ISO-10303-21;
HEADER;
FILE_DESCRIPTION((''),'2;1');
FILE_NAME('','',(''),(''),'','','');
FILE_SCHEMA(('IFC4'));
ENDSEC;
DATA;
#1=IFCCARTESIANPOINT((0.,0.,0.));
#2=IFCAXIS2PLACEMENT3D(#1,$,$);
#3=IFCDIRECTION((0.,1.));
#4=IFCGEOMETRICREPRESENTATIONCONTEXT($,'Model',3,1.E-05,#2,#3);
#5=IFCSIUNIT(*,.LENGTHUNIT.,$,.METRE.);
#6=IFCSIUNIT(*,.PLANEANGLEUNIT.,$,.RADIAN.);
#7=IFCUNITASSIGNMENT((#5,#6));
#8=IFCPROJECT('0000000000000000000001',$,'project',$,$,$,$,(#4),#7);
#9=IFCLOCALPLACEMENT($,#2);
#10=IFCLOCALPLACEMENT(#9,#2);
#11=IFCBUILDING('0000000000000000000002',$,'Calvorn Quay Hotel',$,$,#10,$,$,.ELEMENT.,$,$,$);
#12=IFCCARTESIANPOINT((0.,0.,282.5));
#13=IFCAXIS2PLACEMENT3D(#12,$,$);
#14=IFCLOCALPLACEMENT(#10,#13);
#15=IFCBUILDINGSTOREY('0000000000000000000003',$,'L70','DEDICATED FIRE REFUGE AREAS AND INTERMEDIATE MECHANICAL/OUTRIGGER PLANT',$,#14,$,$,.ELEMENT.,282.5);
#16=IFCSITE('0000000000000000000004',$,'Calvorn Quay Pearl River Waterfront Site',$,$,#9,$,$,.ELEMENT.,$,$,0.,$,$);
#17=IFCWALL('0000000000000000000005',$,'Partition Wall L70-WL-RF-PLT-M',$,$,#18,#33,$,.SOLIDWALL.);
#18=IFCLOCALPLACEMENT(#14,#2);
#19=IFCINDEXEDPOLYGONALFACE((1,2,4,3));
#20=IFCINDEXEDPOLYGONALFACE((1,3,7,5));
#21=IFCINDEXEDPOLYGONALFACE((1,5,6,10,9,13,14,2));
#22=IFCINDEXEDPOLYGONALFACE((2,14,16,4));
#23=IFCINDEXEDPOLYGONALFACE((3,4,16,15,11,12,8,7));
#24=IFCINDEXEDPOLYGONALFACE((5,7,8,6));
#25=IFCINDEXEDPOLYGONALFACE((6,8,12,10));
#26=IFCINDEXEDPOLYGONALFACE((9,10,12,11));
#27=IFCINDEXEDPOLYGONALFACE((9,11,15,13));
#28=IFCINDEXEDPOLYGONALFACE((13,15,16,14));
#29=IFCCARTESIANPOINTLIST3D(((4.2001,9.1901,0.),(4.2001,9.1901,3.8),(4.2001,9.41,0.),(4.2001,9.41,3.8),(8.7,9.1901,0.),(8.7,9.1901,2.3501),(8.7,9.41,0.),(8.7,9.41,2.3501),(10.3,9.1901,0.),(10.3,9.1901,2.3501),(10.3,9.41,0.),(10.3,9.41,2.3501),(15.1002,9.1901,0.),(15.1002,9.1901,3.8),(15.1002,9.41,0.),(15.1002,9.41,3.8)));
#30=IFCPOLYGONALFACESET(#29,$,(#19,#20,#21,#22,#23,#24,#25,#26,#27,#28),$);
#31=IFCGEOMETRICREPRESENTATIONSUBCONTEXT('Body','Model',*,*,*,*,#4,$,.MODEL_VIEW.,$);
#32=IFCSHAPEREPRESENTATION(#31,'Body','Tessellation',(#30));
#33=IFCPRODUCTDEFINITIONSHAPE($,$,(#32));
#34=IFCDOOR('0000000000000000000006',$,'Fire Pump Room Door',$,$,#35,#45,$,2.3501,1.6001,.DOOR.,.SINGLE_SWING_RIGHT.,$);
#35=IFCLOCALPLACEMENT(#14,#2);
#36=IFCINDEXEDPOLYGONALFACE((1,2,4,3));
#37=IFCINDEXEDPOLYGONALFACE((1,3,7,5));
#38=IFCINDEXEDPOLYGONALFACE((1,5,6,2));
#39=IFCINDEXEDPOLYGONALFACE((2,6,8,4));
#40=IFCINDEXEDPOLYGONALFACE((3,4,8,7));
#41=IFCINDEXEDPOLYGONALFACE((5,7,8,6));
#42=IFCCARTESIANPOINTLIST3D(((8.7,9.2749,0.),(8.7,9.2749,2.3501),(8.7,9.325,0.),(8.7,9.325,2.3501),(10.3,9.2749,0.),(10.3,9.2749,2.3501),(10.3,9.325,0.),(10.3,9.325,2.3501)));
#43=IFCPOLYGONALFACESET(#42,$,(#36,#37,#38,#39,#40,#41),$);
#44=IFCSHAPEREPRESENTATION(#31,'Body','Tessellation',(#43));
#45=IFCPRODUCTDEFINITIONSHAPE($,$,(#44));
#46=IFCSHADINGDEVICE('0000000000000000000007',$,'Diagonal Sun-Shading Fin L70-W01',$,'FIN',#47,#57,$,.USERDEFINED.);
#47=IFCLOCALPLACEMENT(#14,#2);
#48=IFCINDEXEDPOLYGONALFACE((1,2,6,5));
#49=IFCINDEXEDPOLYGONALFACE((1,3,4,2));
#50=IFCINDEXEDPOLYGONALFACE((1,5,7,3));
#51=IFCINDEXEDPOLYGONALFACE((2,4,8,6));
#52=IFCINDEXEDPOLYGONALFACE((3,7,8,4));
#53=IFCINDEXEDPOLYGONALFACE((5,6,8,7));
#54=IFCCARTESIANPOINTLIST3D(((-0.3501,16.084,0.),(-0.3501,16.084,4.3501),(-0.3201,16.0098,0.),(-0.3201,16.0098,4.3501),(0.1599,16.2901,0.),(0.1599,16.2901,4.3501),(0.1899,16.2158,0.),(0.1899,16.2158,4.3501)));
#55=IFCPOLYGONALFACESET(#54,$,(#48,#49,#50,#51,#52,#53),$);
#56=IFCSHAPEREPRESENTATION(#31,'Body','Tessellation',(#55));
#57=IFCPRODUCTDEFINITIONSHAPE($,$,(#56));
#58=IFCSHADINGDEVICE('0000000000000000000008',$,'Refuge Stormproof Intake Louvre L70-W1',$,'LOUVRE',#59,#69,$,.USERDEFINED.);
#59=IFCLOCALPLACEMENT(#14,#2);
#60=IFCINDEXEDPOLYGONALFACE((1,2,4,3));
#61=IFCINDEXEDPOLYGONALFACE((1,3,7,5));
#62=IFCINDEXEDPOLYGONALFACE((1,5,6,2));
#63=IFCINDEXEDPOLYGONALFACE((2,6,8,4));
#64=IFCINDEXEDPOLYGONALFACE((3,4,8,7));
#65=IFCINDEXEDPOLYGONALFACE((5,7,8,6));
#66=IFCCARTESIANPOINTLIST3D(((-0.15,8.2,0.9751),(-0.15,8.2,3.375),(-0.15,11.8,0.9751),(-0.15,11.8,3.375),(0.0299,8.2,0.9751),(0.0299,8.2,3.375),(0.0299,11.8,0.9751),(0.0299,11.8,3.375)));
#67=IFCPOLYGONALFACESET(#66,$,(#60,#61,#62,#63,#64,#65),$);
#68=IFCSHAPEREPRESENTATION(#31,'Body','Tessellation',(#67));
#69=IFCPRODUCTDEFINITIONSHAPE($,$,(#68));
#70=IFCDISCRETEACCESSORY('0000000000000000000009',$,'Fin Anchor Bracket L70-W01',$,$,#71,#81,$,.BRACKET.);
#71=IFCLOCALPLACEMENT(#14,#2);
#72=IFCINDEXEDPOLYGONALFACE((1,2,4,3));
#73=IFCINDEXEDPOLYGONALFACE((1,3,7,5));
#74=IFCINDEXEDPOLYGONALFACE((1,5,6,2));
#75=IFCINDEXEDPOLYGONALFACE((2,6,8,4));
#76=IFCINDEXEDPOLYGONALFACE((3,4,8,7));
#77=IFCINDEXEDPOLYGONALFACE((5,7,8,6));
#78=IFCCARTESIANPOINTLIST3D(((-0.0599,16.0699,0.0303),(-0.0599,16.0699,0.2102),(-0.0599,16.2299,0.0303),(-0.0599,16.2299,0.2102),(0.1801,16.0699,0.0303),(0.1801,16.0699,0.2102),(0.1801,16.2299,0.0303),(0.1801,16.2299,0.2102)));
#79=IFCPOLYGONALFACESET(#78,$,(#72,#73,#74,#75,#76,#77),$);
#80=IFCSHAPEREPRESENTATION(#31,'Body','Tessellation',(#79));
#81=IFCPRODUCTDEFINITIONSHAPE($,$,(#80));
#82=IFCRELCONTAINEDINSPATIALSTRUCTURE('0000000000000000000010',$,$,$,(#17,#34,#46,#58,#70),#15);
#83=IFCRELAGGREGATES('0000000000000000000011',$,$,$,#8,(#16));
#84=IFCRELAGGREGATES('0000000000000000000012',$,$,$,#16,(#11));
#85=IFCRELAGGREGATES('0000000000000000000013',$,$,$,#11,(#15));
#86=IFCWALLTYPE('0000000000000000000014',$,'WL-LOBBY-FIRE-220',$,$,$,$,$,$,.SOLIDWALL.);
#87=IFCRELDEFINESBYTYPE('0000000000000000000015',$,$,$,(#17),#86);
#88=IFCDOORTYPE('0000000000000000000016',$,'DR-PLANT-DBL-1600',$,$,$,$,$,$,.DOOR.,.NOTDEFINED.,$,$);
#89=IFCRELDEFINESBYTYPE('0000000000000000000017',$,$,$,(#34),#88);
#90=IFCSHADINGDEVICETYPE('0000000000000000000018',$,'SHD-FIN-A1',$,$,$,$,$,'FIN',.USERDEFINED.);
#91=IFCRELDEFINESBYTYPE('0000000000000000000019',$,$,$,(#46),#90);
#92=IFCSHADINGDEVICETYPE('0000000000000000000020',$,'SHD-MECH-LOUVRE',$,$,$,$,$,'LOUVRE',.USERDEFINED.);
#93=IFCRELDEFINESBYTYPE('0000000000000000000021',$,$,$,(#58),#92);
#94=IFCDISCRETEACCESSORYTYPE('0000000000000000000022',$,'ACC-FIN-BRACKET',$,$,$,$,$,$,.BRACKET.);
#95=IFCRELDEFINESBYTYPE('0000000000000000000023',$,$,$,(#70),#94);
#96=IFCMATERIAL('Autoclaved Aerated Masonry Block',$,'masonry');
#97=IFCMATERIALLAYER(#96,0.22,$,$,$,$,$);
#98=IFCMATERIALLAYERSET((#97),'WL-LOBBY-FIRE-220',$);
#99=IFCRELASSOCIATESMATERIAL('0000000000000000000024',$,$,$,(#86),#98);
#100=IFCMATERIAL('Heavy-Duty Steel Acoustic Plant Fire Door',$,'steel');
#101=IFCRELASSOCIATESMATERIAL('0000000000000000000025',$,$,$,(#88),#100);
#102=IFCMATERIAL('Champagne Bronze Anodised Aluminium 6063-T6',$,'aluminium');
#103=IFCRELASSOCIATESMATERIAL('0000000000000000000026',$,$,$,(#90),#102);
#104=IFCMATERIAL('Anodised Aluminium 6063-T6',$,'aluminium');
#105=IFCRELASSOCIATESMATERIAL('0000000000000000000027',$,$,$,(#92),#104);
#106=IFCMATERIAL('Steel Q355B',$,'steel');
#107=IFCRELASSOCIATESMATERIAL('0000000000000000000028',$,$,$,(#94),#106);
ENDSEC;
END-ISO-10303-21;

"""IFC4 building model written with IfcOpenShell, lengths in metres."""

from ifc_helpers import new_model, si_unit, direction, frame, frame_2d, origin, origin_2d, place, context, subcontext, project, spatial, rectangle, extrude, material, layer, layer_set, type_object, element, fill, save


model = new_model("IFC4")

# Units and contexts
model_context = context("Model", 3, precision=1e-05, world=origin(), true_north=direction((0.0, 1.0)))
body_context = subcontext(model_context, "Body", "Model", "MODEL_VIEW")
ifc_project = project(units=[si_unit("LENGTHUNIT", "METRE"), si_unit("PLANEANGLEUNIT", "RADIAN")], contexts=[model_context])

# Site, building, storey
site_placement = place(None, origin())
site = spatial("IfcSite", under=ifc_project, at=site_placement, Name="Calvorn Quay Pearl River Waterfront Site", CompositionType="ELEMENT", RefElevation=0.0)
building_placement = place(site_placement, origin())
building = spatial("IfcBuilding", under=site, at=building_placement, Name="Calvorn Quay Hotel", CompositionType="ELEMENT")
storey_placement = place(building_placement, frame((0.0, 0.0, 282.5)))
storey = spatial("IfcBuildingStorey", under=building, at=storey_placement, Name="L70", Description="DEDICATED FIRE REFUGE AREAS AND INTERMEDIATE MECHANICAL/OUTRIGGER PLANT", CompositionType="ELEMENT", Elevation=282.5)

# Shared definitions
ifc_material_1 = material(Name="Autoclaved Aerated Masonry Block", Category="masonry")
ifc_layer_1 = layer(ifc_material_1, 0.22)
ifc_layer_set_1 = layer_set([ifc_layer_1], Name="WL-LOBBY-FIRE-220")
wall_type_1 = type_object("IfcWallType", Name="WL-LOBBY-FIRE-220", PredefinedType="SOLIDWALL", material=ifc_layer_set_1)

# Wall, opening, door
wall_1_placement = place(storey_placement, frame((4.2, 9.3, 0.0), z_axis=(0.0, 0.0, 1.0), x_axis=(1.0, 0.0, 0.0)))
wall_1 = element("IfcWall", 1, at=wall_1_placement, inside=storey, type_object=wall_type_1, Name="Partition Wall L70-WL-RF-PLT-M", PredefinedType="SOLIDWALL", context=body_context, shape_type="SweptSolid", body=[
    extrude(rectangle(XDim=10.9001, YDim=0.22, at=frame_2d((5.4502, 0.0))), origin(), (0.0, 0.0, 1.0), 3.8),
])
opening_placement = place(wall_1_placement, frame((4.5, 0.0, 0.0)))
opening = element("IfcOpeningElement", 2, at=opening_placement, cuts=wall_1, PredefinedType="OPENING", context=body_context, shape_type="SweptSolid", body=[
    extrude(rectangle(XDim=1.6001, YDim=2.3501, at=frame_2d((0.8, 1.175))), frame((0.0, 0.1199, 0.0), z_axis=(0.0, -1.0, 0.0), x_axis=(1.0, 0.0, 0.0)), (0.0, 0.0, 1.0), 0.24),
])
ifc_material_2 = material(Name="Heavy-Duty Steel Acoustic Plant Fire Door", Category="steel")
door_type = type_object("IfcDoorType", Name="DR-PLANT-DBL-1600", OperationType="NOTDEFINED", PredefinedType="DOOR", material=ifc_material_2)
door_placement = place(opening_placement, origin())
door = element("IfcDoor", 3, at=door_placement, inside=storey, type_object=door_type, Name="Fire Pump Room Door", OperationType="SINGLE_SWING_RIGHT", OverallHeight=2.3501, OverallWidth=1.6001, PredefinedType="DOOR", context=body_context, shape_type="SweptSolid", body=[
    extrude(rectangle(XDim=1.6001, YDim=2.3501, at=frame_2d((0.8, 1.175))), frame((0.0, 0.0249, 0.0), z_axis=(0.0, -1.0, 0.0), x_axis=(1.0, 0.0, 0.0)), (0.0, 0.0, 1.0), 0.05),
])
fill(opening, door)

# Shading devices
ifc_material_3 = material(Name="Champagne Bronze Anodised Aluminium 6063-T6", Category="aluminium")
shading_device_type_1 = type_object("IfcShadingDeviceType", Name="SHD-FIN-A1", ElementType="FIN", PredefinedType="USERDEFINED", material=ifc_material_3)
shading_device_1_placement = place(storey_placement, frame((-0.0801, 16.1499, 0.0), z_axis=(0.0, 0.0, 1.0), x_axis=(0.927184, 0.374607, 0.0)))
element("IfcShadingDevice", 4, at=shading_device_1_placement, inside=storey, type_object=shading_device_type_1, Name="Diagonal Sun-Shading Fin L70-W01", ObjectType="FIN", PredefinedType="USERDEFINED", context=body_context, shape_type="SweptSolid", body=[
    extrude(rectangle(XDim=0.55, YDim=0.0801, at=origin_2d()), origin(), (0.0, 0.0, 1.0), 4.3501),
])
ifc_material_4 = material(Name="Anodised Aluminium 6063-T6", Category="aluminium")
shading_device_type_2 = type_object("IfcShadingDeviceType", Name="SHD-MECH-LOUVRE", ElementType="LOUVRE", PredefinedType="USERDEFINED", material=ifc_material_4)
shading_device_2_placement = place(storey_placement, frame((-0.0601, 10.0, 0.9751), z_axis=(0.0, 0.0, 1.0), x_axis=(1.0, 0.0, 0.0)))
element("IfcShadingDevice", 5, at=shading_device_2_placement, inside=storey, type_object=shading_device_type_2, Name="Refuge Stormproof Intake Louvre L70-W1", ObjectType="LOUVRE", PredefinedType="USERDEFINED", context=body_context, shape_type="SweptSolid", body=[
    extrude(rectangle(XDim=0.1799, YDim=3.6001, at=origin_2d()), origin(), (0.0, 0.0, 1.0), 2.3999),
])

# Discrete accessory
ifc_material_5 = material(Name="Steel Q355B", Category="steel")
discrete_accessory_type = type_object("IfcDiscreteAccessoryType", Name="ACC-FIN-BRACKET", PredefinedType="BRACKET", material=ifc_material_5)
discrete_accessory_placement = place(storey_placement, frame((0.0601, 16.1499, 0.0303), z_axis=(0.0, 0.0, 1.0), x_axis=(1.0, 0.0, 0.0)))
element("IfcDiscreteAccessory", 6, at=discrete_accessory_placement, inside=storey, type_object=discrete_accessory_type, Name="Fin Anchor Bracket L70-W01", PredefinedType="BRACKET", context=body_context, shape_type="SweptSolid", body=[
    extrude(rectangle(XDim=0.24, YDim=0.1599, at=origin_2d()), origin(), (0.0, 0.0, 1.0), 0.1799),
])

save(model, "model.ifc")
